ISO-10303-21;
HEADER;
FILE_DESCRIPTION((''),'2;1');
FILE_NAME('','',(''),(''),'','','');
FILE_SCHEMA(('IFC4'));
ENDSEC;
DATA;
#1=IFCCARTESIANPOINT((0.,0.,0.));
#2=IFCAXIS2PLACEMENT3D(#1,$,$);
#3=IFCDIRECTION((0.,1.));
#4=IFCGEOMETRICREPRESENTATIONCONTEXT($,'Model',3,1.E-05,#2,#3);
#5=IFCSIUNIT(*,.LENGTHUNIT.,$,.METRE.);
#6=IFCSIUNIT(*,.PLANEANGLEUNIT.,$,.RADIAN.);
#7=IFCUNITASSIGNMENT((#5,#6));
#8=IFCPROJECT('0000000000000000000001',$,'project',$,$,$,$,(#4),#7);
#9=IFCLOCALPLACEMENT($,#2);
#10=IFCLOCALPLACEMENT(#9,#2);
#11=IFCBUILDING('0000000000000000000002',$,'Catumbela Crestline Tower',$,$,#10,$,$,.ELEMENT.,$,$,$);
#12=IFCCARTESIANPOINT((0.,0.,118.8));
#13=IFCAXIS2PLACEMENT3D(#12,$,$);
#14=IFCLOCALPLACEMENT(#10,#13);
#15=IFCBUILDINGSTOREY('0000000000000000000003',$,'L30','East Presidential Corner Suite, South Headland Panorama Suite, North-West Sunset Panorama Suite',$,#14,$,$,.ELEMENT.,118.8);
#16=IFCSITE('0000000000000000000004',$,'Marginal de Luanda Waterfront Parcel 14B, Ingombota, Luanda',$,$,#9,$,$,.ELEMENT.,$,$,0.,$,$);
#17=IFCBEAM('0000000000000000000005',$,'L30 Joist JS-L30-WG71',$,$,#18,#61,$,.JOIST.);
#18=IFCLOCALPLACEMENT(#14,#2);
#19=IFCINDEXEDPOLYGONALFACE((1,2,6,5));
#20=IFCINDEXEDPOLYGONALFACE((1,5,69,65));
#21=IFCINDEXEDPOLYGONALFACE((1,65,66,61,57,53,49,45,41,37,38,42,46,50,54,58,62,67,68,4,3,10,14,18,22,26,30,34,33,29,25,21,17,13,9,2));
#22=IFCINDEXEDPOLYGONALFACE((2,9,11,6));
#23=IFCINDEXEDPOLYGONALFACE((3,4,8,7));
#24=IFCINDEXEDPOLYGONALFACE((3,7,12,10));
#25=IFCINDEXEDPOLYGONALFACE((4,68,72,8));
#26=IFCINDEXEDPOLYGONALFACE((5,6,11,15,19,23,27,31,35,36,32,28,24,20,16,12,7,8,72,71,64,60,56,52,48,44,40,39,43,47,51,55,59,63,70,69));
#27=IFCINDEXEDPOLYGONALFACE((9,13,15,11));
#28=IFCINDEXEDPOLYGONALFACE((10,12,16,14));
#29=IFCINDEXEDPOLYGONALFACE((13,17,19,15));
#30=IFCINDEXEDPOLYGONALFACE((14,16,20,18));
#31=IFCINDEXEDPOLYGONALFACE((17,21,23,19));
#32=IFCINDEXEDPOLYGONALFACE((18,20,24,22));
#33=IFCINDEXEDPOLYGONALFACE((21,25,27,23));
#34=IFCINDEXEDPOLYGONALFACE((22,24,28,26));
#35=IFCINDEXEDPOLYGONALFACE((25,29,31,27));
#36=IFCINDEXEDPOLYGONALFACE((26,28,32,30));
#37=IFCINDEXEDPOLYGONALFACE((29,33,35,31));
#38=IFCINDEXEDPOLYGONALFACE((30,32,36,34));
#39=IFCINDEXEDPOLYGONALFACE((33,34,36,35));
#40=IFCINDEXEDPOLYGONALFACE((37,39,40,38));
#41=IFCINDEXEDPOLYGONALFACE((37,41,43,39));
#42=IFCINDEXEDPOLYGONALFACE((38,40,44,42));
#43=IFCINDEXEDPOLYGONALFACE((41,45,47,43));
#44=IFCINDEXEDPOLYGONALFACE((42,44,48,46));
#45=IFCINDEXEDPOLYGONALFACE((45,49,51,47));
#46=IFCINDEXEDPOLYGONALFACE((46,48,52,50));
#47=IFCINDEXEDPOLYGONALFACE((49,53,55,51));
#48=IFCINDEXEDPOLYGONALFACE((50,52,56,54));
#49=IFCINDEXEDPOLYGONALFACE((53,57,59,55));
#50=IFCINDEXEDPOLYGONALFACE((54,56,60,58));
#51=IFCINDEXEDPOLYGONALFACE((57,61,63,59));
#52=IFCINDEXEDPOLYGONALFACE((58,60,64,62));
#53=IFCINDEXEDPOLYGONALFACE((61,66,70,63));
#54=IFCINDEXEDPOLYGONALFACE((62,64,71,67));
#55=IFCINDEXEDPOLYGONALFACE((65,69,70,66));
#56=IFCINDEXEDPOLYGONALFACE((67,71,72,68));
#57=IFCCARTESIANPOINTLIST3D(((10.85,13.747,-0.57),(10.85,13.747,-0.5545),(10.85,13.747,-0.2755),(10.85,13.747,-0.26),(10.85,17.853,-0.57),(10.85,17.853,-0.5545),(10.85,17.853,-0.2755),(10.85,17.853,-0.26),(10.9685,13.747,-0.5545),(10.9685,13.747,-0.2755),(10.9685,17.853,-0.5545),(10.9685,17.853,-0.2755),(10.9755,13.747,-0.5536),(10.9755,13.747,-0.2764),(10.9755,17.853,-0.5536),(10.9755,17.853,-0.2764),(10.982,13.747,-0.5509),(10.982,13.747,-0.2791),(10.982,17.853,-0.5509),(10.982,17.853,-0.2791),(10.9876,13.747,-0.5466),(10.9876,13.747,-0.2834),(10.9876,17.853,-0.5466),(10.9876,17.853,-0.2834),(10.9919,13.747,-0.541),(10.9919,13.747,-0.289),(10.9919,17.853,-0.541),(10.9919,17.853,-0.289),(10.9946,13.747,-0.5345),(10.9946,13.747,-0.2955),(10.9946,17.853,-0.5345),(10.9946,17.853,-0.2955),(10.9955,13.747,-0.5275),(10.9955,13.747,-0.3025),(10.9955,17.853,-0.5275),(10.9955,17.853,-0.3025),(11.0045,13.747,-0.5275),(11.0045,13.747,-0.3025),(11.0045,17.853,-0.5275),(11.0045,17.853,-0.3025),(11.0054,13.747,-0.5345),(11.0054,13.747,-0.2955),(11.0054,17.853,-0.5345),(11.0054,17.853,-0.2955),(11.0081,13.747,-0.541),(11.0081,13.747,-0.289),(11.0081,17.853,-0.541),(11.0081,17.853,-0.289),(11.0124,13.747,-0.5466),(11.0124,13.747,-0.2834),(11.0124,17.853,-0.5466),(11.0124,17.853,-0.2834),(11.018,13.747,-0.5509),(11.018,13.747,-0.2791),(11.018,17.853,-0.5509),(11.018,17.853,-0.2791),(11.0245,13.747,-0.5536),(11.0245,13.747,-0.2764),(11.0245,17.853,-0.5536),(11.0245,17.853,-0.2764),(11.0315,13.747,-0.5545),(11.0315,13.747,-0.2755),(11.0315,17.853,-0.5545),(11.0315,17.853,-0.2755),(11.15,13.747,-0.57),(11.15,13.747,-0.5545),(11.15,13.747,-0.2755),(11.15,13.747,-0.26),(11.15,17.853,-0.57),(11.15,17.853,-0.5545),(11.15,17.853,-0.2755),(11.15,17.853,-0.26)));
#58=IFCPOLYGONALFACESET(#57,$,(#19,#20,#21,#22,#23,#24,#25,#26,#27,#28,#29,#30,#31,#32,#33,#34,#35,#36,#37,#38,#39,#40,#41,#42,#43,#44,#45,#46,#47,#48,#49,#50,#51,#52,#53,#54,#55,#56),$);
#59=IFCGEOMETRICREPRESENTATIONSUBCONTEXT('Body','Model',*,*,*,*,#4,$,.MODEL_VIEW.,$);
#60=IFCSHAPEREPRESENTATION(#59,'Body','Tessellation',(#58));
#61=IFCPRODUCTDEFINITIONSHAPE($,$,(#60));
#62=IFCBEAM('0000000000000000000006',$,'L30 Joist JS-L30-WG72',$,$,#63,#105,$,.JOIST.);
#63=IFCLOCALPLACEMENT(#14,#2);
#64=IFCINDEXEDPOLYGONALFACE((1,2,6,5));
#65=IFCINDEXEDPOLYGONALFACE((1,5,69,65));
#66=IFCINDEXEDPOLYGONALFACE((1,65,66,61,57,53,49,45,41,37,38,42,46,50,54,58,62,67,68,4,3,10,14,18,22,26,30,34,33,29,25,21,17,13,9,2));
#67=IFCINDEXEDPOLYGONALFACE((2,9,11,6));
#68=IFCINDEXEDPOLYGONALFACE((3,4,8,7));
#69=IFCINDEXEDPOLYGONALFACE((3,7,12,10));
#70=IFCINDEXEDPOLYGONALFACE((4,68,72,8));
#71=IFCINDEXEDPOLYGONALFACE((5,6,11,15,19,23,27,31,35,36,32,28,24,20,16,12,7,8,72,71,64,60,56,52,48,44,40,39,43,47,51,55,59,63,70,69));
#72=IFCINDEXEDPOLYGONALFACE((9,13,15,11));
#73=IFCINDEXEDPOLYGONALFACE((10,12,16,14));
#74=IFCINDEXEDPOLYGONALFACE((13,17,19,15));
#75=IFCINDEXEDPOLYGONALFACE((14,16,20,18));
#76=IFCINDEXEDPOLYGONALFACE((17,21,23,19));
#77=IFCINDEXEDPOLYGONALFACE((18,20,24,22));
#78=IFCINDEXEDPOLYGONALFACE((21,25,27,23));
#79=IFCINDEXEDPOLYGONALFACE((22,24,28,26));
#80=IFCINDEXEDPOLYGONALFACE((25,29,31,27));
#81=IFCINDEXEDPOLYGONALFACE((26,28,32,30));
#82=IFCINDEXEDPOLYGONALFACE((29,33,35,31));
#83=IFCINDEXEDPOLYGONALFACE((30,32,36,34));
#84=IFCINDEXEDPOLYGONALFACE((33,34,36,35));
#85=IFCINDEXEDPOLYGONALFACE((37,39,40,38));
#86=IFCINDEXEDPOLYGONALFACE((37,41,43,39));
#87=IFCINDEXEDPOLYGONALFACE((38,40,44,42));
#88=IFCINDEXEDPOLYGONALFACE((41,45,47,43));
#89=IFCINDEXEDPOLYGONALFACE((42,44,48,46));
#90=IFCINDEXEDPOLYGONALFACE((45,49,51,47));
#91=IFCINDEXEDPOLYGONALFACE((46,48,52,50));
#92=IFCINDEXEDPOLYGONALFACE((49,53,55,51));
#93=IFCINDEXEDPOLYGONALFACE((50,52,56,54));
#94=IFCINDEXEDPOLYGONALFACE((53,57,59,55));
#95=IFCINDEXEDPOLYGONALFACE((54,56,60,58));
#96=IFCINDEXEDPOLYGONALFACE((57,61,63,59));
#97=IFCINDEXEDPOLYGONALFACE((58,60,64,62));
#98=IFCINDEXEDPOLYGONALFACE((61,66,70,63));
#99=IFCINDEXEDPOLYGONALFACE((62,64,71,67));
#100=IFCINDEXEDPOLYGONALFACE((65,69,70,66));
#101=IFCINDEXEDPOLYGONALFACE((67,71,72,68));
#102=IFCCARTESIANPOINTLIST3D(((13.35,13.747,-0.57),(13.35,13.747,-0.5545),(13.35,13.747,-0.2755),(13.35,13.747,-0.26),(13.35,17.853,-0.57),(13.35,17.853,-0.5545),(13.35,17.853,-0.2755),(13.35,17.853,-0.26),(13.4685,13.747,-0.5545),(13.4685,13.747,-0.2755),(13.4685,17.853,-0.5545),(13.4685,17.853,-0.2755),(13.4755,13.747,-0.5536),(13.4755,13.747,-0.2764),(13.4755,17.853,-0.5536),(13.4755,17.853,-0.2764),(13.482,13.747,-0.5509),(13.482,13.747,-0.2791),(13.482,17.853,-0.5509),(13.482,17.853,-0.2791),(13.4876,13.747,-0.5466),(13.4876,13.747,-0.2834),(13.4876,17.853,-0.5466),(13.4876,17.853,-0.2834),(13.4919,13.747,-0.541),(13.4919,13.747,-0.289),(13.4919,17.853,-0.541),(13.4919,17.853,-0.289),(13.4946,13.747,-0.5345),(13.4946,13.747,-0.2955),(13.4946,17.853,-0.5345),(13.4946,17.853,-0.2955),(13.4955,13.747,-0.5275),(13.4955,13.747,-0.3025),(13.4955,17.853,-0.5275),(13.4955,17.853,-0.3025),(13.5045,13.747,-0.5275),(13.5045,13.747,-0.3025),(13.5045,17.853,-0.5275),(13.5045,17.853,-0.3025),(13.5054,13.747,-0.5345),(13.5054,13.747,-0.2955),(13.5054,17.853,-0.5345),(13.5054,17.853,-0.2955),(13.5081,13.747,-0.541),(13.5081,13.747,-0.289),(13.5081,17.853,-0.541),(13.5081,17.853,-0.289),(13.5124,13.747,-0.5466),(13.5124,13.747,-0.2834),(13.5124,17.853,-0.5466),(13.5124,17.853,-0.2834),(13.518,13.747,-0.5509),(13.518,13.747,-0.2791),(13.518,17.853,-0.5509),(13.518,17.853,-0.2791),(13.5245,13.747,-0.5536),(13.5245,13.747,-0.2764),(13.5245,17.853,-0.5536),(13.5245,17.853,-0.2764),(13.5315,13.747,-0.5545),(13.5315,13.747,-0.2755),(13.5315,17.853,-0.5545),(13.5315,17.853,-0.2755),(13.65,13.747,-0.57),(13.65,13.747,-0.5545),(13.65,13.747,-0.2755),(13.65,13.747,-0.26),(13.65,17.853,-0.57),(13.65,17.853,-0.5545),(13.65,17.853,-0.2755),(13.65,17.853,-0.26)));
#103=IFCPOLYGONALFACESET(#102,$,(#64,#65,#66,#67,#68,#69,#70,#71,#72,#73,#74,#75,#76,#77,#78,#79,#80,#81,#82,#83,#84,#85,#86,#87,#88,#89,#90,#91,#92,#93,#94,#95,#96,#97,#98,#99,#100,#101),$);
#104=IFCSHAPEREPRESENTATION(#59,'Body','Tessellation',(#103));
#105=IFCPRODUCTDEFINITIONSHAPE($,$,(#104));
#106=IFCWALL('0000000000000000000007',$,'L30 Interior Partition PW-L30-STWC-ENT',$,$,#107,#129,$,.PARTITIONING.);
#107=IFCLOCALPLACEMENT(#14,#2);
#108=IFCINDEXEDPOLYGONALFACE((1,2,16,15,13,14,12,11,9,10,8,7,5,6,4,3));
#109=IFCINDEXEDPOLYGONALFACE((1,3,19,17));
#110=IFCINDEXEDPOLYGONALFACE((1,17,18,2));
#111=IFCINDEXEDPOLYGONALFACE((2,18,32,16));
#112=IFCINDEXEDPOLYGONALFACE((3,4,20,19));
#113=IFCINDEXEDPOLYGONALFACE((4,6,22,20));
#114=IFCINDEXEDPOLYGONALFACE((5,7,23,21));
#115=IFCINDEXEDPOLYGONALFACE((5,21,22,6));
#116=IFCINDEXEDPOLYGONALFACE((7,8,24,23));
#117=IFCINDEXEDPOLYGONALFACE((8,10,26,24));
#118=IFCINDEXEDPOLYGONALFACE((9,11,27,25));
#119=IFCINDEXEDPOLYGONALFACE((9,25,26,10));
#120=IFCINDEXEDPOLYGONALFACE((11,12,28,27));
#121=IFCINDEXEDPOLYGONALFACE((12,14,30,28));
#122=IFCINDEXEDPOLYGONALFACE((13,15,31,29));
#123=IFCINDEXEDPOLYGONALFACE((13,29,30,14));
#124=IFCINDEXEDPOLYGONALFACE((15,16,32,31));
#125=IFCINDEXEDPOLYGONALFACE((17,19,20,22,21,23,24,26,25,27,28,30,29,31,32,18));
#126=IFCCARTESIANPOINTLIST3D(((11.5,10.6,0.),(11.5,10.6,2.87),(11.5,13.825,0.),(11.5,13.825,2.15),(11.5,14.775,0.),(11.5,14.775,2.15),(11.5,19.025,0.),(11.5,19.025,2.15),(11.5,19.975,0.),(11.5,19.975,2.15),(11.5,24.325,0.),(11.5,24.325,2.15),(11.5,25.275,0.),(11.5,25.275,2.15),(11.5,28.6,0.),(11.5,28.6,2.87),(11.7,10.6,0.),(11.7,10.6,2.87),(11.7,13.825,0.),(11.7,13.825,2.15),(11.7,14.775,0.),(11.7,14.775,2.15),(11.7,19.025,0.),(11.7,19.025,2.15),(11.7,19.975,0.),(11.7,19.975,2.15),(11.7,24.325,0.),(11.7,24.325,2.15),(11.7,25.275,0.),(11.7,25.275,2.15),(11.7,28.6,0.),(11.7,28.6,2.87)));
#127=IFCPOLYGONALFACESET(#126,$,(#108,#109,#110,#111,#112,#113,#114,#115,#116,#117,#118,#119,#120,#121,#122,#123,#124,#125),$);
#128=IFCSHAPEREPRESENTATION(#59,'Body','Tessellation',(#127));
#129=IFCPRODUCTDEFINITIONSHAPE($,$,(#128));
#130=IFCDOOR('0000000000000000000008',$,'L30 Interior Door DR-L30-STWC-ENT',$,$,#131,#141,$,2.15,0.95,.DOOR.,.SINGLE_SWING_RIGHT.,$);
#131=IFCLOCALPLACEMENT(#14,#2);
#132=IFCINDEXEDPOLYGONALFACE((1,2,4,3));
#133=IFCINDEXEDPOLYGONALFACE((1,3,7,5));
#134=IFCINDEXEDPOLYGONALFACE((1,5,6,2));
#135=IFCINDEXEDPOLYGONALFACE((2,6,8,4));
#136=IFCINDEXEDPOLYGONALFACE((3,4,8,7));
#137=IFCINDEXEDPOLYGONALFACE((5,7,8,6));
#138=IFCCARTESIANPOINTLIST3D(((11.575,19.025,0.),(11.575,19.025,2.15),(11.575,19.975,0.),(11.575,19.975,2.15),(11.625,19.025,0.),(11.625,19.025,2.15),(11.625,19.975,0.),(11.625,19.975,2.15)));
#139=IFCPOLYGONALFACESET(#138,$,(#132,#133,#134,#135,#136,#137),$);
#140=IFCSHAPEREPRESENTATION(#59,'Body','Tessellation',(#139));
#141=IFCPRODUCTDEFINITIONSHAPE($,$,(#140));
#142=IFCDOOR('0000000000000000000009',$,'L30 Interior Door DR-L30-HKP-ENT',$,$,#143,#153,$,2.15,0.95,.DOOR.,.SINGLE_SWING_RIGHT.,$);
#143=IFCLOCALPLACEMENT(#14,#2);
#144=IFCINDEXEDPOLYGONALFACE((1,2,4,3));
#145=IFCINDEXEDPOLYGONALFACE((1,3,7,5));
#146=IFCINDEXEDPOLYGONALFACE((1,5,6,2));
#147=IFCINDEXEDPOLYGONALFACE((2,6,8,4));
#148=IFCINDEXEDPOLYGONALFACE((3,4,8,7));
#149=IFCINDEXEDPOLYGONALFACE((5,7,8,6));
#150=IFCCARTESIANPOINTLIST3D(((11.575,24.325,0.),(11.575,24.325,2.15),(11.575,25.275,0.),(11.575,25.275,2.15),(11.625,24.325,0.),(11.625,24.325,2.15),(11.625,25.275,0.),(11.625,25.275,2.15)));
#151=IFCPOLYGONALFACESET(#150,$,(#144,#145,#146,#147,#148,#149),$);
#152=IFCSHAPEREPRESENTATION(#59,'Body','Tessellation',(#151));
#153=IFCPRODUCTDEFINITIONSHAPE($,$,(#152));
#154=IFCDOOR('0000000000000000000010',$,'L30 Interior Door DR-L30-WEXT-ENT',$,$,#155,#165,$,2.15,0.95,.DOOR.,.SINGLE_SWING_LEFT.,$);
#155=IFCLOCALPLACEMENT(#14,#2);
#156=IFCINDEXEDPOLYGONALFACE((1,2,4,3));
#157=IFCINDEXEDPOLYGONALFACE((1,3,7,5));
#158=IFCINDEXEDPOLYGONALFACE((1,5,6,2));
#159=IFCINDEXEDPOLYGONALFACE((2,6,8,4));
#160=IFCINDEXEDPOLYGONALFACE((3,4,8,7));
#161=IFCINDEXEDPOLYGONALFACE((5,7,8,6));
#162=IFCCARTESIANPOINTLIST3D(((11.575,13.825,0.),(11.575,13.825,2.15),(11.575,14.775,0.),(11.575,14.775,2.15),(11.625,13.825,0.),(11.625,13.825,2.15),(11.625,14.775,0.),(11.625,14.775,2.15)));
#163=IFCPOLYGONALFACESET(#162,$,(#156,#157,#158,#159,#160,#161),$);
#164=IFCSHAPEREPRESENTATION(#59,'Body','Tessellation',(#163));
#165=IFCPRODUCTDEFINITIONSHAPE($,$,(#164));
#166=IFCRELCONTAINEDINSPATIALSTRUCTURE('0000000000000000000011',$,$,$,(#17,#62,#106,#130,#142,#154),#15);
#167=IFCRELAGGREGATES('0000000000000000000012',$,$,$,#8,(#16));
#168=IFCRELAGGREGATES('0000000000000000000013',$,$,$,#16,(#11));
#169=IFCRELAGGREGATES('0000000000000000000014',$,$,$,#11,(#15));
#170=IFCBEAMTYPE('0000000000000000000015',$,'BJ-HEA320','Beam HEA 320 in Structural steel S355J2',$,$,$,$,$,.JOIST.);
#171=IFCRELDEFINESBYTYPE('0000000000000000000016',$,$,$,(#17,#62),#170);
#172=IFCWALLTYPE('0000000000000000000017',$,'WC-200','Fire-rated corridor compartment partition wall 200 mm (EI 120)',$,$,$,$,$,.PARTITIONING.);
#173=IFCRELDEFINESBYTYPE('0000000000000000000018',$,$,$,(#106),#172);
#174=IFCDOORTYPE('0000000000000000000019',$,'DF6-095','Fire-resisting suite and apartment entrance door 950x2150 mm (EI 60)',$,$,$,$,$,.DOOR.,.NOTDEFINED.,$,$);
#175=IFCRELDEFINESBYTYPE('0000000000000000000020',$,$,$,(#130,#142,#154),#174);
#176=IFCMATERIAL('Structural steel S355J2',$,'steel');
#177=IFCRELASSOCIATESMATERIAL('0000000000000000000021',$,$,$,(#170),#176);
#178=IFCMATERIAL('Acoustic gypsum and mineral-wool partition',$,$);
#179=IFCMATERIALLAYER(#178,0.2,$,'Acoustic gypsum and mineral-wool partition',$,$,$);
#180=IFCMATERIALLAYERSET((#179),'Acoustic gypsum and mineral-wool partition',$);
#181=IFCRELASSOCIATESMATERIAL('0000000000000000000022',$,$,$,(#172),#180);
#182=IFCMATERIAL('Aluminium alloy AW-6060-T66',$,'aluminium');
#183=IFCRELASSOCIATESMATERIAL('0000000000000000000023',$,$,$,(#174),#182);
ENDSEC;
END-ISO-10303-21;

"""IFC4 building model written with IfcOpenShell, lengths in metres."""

from ifc_helpers import new_model, si_unit, direction, frame, frame_2d, origin, origin_2d, place, context, subcontext, project, spatial, rectangle, i_section, extrude, material, layer, layer_set, material_profile, profile_set, type_object, element, fill, save


model = new_model("IFC4")

# Units and contexts
model_context = context("Model", 3, precision=1e-05, world=origin(), true_north=direction((0.0, 1.0)))
body_context = subcontext(model_context, "Body", "Model", "MODEL_VIEW")
ifc_project = project(units=[si_unit("LENGTHUNIT", "METRE"), si_unit("PLANEANGLEUNIT", "RADIAN")], contexts=[model_context])

# Site, building, storey
site_placement = place(None, origin())
site = spatial("IfcSite", under=ifc_project, at=site_placement, Name="Marginal de Luanda Waterfront Parcel 14B, Ingombota, Luanda", CompositionType="ELEMENT", RefElevation=0.0)
building_placement = place(site_placement, origin())
building = spatial("IfcBuilding", under=site, at=building_placement, Name="Catumbela Crestline Tower", CompositionType="ELEMENT")
storey_placement = place(building_placement, frame((0.0, 0.0, 118.8)))
storey = spatial("IfcBuildingStorey", under=building, at=storey_placement, Name="L30", Description="East Presidential Corner Suite, South Headland Panorama Suite, North-West Sunset Panorama Suite", CompositionType="ELEMENT", Elevation=118.8)

# Beams
ifc_material_1 = material(Name="Structural steel S355J2", Category="steel")
ifc_material_profile_1 = material_profile(ifc_material_1, i_section(OverallWidth=0.3, OverallDepth=0.31, WebThickness=0.009, FlangeThickness=0.0155, FilletRadius=0.027, at=origin_2d()), Name="HEA 320")
ifc_profile_set_1 = profile_set([ifc_material_profile_1], Name="Structural steel S355J2")
beam_type_1 = type_object("IfcBeamType", Name="BJ-HEA320", Description="Beam HEA 320 in Structural steel S355J2", PredefinedType="JOIST", material=ifc_profile_set_1)
for number, where, z_axis, x_axis, name in (
    (1, (11.0, 13.747, -0.415), (0.0, 1.0, 0.0), (-1.0, 0.0, 0.0), "L30 Joist JS-L30-WG71"),
    (2, (13.5, 13.747, -0.415), (0.0, 1.0, 0.0), (-1.0, 0.0, 0.0), "L30 Joist JS-L30-WG72"),
):
    element("IfcBeam", number, at=place(storey_placement, frame(where, z_axis=z_axis, x_axis=x_axis)), inside=storey, type_object=beam_type_1, Name=name, PredefinedType="JOIST", context=body_context, shape_type="SweptSolid", body=[
        extrude(i_section(OverallWidth=0.3, OverallDepth=0.31, WebThickness=0.009, FlangeThickness=0.0155, FilletRadius=0.027, at=origin_2d()), origin(), (0.0, 0.0, 1.0), 4.106),
    ])

# Wall, openings, doors
ifc_material_2 = material(Name="Acoustic gypsum and mineral-wool partition")
ifc_layer_1 = layer(ifc_material_2, 0.2, Name="Acoustic gypsum and mineral-wool partition")
ifc_layer_set_1 = layer_set([ifc_layer_1], Name="Acoustic gypsum and mineral-wool partition")
wall_type_1 = type_object("IfcWallType", Name="WC-200", Description="Fire-rated corridor compartment partition wall 200 mm (EI 120)", PredefinedType="PARTITIONING", material=ifc_layer_set_1)
wall_1_placement = place(storey_placement, frame((11.6, 10.6, 0.0), z_axis=(0.0, 0.0, 1.0), x_axis=(0.0, 1.0, 0.0)))
wall_1 = element("IfcWall", 3, at=wall_1_placement, inside=storey, type_object=wall_type_1, Name="L30 Interior Partition PW-L30-STWC-ENT", PredefinedType="PARTITIONING", context=body_context, shape_type="SweptSolid", body=[
    extrude(rectangle(XDim=18.0, YDim=0.2, at=frame_2d((9.0, 0.0))), origin(), (0.0, 0.0, 1.0), 2.87),
])
opening_1_placement = place(wall_1_placement, frame((8.425, 0.0, 0.0)))
opening_1 = element("IfcOpeningElement", 4, at=opening_1_placement, cuts=wall_1, PredefinedType="OPENING", context=body_context, shape_type="SweptSolid", body=[
    extrude(rectangle(XDim=0.95, YDim=2.15, at=frame_2d((0.475, 1.075))), frame((0.0, 0.11, 0.0), z_axis=(0.0, -1.0, 0.0), x_axis=(1.0, 0.0, 0.0)), (0.0, 0.0, 1.0), 0.22),
])
opening_2_placement = place(wall_1_placement, frame((13.725, 0.0, 0.0)))
opening_2 = element("IfcOpeningElement", 5, at=opening_2_placement, cuts=wall_1, PredefinedType="OPENING", context=body_context, shape_type="SweptSolid", body=[
    extrude(rectangle(XDim=0.95, YDim=2.15, at=frame_2d((0.475, 1.075))), frame((0.0, 0.11, 0.0), z_axis=(0.0, -1.0, 0.0), x_axis=(1.0, 0.0, 0.0)), (0.0, 0.0, 1.0), 0.22),
])
opening_3_placement = place(wall_1_placement, frame((3.225, 0.0, 0.0)))
opening_3 = element("IfcOpeningElement", 6, at=opening_3_placement, cuts=wall_1, PredefinedType="OPENING", context=body_context, shape_type="SweptSolid", body=[
    extrude(rectangle(XDim=0.95, YDim=2.15, at=frame_2d((0.475, 1.075))), frame((0.0, 0.11, 0.0), z_axis=(0.0, -1.0, 0.0), x_axis=(1.0, 0.0, 0.0)), (0.0, 0.0, 1.0), 0.22),
])
ifc_material_3 = material(Name="Aluminium alloy AW-6060-T66", Category="aluminium")
door_type_1 = type_object("IfcDoorType", Name="DF6-095", Description="Fire-resisting suite and apartment entrance door 950x2150 mm (EI 60)", OperationType="NOTDEFINED", PredefinedType="DOOR", material=ifc_material_3)
door_1_placement = place(opening_1_placement, origin())
door_1 = element("IfcDoor", 7, at=door_1_placement, inside=storey, type_object=door_type_1, Name="L30 Interior Door DR-L30-STWC-ENT", OperationType="SINGLE_SWING_RIGHT", OverallHeight=2.15, OverallWidth=0.95, PredefinedType="DOOR", context=body_context, shape_type="SweptSolid", body=[
    extrude(rectangle(XDim=0.95, YDim=2.15, at=frame_2d((0.475, 1.075))), frame((0.0, 0.025, 0.0), z_axis=(0.0, -1.0, 0.0), x_axis=(1.0, 0.0, 0.0)), (0.0, 0.0, 1.0), 0.05),
])
fill(opening_1, door_1)
door_2_placement = place(opening_2_placement, origin())
door_2 = element("IfcDoor", 8, at=door_2_placement, inside=storey, type_object=door_type_1, Name="L30 Interior Door DR-L30-HKP-ENT", OperationType="SINGLE_SWING_RIGHT", OverallHeight=2.15, OverallWidth=0.95, PredefinedType="DOOR", context=body_context, shape_type="SweptSolid", body=[
    extrude(rectangle(XDim=0.95, YDim=2.15, at=frame_2d((0.475, 1.075))), frame((0.0, 0.025, 0.0), z_axis=(0.0, -1.0, 0.0), x_axis=(1.0, 0.0, 0.0)), (0.0, 0.0, 1.0), 0.05),
])
fill(opening_2, door_2)
door_3_placement = place(opening_3_placement, origin())
door_3 = element("IfcDoor", 9, at=door_3_placement, inside=storey, type_object=door_type_1, Name="L30 Interior Door DR-L30-WEXT-ENT", OperationType="SINGLE_SWING_LEFT", OverallHeight=2.15, OverallWidth=0.95, PredefinedType="DOOR", context=body_context, shape_type="SweptSolid", body=[
    extrude(rectangle(XDim=0.95, YDim=2.15, at=frame_2d((0.475, 1.075))), frame((0.0, 0.025, 0.0), z_axis=(0.0, -1.0, 0.0), x_axis=(1.0, 0.0, 0.0)), (0.0, 0.0, 1.0), 0.05),
])
fill(opening_3, door_3)

save(model, "model.ifc")
